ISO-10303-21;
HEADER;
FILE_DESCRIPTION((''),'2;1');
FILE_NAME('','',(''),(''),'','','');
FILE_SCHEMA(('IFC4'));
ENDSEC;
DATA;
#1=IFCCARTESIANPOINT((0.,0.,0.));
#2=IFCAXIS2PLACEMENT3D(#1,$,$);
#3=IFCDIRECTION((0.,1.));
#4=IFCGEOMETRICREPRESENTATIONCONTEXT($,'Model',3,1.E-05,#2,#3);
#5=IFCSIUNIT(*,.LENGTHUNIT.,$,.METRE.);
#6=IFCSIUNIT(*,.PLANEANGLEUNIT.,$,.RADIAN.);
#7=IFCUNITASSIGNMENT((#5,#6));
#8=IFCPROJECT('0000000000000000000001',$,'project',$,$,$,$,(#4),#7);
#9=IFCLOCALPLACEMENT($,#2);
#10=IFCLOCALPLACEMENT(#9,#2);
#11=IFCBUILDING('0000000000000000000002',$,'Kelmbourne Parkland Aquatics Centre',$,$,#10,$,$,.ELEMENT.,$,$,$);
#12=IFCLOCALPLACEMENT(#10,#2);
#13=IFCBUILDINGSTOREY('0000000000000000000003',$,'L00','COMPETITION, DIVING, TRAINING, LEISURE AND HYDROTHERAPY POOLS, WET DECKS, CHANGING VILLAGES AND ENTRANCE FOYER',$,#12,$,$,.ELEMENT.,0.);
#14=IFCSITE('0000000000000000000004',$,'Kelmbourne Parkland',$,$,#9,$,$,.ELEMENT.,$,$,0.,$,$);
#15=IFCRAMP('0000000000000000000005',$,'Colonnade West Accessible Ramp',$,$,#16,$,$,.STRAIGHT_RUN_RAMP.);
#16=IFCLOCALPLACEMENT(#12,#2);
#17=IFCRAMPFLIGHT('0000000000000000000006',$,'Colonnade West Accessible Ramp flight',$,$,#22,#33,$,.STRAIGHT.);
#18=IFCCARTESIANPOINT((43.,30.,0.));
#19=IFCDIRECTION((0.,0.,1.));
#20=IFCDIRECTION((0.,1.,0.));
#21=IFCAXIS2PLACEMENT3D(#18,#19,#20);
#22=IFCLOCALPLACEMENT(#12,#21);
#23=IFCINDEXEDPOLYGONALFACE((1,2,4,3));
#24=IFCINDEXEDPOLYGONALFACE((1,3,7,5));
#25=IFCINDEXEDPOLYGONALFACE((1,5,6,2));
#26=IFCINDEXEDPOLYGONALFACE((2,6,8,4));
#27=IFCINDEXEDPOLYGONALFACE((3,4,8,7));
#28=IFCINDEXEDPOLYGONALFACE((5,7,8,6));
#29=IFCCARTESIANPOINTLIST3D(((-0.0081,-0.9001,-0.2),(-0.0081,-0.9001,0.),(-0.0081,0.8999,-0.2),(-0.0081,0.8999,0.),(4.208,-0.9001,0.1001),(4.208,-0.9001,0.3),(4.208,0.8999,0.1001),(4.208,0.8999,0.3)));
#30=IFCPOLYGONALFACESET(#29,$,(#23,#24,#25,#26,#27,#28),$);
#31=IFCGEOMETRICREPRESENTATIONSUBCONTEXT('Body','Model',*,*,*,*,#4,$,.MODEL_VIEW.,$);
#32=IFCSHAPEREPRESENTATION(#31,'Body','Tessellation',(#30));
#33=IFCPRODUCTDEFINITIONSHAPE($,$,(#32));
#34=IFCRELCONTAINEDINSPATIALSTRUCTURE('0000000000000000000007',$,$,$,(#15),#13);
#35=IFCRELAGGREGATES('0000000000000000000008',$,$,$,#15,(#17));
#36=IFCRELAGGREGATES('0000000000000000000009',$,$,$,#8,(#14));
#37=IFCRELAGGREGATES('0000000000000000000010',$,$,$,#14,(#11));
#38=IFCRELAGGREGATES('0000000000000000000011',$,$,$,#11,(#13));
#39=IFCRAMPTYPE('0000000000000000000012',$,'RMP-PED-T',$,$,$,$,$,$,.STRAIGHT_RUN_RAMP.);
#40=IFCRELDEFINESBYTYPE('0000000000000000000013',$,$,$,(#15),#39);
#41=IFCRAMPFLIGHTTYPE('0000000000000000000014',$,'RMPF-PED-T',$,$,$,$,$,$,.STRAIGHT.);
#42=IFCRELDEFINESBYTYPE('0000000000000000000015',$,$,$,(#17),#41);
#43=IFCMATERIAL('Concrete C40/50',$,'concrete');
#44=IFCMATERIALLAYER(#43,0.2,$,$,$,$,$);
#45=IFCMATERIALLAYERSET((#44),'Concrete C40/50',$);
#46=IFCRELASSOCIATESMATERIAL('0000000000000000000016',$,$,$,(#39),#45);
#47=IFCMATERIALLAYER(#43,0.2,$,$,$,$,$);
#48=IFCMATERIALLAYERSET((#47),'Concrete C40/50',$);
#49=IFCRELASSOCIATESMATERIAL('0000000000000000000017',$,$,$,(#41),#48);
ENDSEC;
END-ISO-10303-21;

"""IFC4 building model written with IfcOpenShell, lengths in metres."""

from ifc_helpers import new_model, si_unit, direction, frame, origin, place, context, subcontext, project, spatial, polyline, outline, extrude, material, layer, layer_set, type_object, element, aggregate, save


model = new_model("IFC4")

# Units and contexts
model_context = context("Model", 3, precision=1e-05, world=origin(), true_north=direction((0.0, 1.0)))
body_context = subcontext(model_context, "Body", "Model", "MODEL_VIEW")
ifc_project = project(units=[si_unit("LENGTHUNIT", "METRE"), si_unit("PLANEANGLEUNIT", "RADIAN")], contexts=[model_context])

# Site, building, storey
site_placement = place(None, origin())
site = spatial("IfcSite", under=ifc_project, at=site_placement, Name="Kelmbourne Parkland", CompositionType="ELEMENT", RefElevation=0.0)
building_placement = place(site_placement, origin())
building = spatial("IfcBuilding", under=site, at=building_placement, Name="Kelmbourne Parkland Aquatics Centre", CompositionType="ELEMENT")
storey_placement = place(building_placement, origin())
storey = spatial("IfcBuildingStorey", under=building, at=storey_placement, Name="L00", Description="COMPETITION, DIVING, TRAINING, LEISURE AND HYDROTHERAPY POOLS, WET DECKS, CHANGING VILLAGES AND ENTRANCE FOYER", CompositionType="ELEMENT", Elevation=0.0)

# Shared definitions
ifc_material_1 = material(Name="Concrete C40/50", Category="concrete")

# Ramp, ramp flight
ifc_layer_1 = layer(ifc_material_1, 0.2)
ifc_layer_set_1 = layer_set([ifc_layer_1], Name="Concrete C40/50")
ramp_type = type_object("IfcRampType", Name="RMP-PED-T", PredefinedType="STRAIGHT_RUN_RAMP", material=ifc_layer_set_1)
ramp_placement = place(storey_placement, origin())
ramp = element("IfcRamp", 1, at=ramp_placement, inside=storey, type_object=ramp_type, Name="Colonnade West Accessible Ramp", PredefinedType="STRAIGHT_RUN_RAMP")
ifc_layer_2 = layer(ifc_material_1, 0.2)
ifc_layer_set_2 = layer_set([ifc_layer_2], Name="Concrete C40/50")
ramp_flight_type = type_object("IfcRampFlightType", Name="RMPF-PED-T", PredefinedType="STRAIGHT", material=ifc_layer_set_2)
ramp_flight_placement = place(storey_placement, frame((43.0, 30.0, 0.0), z_axis=(0.0, 0.0, 1.0), x_axis=(0.0, 1.0, 0.0)))
ramp_flight = element("IfcRampFlight", 2, at=ramp_flight_placement, type_object=ramp_flight_type, Name="Colonnade West Accessible Ramp flight", PredefinedType="STRAIGHT", context=body_context, shape_type="SweptSolid", body=[
    extrude(outline(polyline([(-0.0081, -0.2), (4.208, 0.1001), (4.208, 0.3), (-0.0081, 0.0), (-0.0081, -0.2)])), frame((0.0, 0.8999, 0.0), z_axis=(0.0, -1.0, 0.0), x_axis=(1.0, 0.0, 0.0)), (0.0, 0.0, 1.0), 1.8),
])
aggregate(ramp, [ramp_flight])

save(model, "model.ifc")
